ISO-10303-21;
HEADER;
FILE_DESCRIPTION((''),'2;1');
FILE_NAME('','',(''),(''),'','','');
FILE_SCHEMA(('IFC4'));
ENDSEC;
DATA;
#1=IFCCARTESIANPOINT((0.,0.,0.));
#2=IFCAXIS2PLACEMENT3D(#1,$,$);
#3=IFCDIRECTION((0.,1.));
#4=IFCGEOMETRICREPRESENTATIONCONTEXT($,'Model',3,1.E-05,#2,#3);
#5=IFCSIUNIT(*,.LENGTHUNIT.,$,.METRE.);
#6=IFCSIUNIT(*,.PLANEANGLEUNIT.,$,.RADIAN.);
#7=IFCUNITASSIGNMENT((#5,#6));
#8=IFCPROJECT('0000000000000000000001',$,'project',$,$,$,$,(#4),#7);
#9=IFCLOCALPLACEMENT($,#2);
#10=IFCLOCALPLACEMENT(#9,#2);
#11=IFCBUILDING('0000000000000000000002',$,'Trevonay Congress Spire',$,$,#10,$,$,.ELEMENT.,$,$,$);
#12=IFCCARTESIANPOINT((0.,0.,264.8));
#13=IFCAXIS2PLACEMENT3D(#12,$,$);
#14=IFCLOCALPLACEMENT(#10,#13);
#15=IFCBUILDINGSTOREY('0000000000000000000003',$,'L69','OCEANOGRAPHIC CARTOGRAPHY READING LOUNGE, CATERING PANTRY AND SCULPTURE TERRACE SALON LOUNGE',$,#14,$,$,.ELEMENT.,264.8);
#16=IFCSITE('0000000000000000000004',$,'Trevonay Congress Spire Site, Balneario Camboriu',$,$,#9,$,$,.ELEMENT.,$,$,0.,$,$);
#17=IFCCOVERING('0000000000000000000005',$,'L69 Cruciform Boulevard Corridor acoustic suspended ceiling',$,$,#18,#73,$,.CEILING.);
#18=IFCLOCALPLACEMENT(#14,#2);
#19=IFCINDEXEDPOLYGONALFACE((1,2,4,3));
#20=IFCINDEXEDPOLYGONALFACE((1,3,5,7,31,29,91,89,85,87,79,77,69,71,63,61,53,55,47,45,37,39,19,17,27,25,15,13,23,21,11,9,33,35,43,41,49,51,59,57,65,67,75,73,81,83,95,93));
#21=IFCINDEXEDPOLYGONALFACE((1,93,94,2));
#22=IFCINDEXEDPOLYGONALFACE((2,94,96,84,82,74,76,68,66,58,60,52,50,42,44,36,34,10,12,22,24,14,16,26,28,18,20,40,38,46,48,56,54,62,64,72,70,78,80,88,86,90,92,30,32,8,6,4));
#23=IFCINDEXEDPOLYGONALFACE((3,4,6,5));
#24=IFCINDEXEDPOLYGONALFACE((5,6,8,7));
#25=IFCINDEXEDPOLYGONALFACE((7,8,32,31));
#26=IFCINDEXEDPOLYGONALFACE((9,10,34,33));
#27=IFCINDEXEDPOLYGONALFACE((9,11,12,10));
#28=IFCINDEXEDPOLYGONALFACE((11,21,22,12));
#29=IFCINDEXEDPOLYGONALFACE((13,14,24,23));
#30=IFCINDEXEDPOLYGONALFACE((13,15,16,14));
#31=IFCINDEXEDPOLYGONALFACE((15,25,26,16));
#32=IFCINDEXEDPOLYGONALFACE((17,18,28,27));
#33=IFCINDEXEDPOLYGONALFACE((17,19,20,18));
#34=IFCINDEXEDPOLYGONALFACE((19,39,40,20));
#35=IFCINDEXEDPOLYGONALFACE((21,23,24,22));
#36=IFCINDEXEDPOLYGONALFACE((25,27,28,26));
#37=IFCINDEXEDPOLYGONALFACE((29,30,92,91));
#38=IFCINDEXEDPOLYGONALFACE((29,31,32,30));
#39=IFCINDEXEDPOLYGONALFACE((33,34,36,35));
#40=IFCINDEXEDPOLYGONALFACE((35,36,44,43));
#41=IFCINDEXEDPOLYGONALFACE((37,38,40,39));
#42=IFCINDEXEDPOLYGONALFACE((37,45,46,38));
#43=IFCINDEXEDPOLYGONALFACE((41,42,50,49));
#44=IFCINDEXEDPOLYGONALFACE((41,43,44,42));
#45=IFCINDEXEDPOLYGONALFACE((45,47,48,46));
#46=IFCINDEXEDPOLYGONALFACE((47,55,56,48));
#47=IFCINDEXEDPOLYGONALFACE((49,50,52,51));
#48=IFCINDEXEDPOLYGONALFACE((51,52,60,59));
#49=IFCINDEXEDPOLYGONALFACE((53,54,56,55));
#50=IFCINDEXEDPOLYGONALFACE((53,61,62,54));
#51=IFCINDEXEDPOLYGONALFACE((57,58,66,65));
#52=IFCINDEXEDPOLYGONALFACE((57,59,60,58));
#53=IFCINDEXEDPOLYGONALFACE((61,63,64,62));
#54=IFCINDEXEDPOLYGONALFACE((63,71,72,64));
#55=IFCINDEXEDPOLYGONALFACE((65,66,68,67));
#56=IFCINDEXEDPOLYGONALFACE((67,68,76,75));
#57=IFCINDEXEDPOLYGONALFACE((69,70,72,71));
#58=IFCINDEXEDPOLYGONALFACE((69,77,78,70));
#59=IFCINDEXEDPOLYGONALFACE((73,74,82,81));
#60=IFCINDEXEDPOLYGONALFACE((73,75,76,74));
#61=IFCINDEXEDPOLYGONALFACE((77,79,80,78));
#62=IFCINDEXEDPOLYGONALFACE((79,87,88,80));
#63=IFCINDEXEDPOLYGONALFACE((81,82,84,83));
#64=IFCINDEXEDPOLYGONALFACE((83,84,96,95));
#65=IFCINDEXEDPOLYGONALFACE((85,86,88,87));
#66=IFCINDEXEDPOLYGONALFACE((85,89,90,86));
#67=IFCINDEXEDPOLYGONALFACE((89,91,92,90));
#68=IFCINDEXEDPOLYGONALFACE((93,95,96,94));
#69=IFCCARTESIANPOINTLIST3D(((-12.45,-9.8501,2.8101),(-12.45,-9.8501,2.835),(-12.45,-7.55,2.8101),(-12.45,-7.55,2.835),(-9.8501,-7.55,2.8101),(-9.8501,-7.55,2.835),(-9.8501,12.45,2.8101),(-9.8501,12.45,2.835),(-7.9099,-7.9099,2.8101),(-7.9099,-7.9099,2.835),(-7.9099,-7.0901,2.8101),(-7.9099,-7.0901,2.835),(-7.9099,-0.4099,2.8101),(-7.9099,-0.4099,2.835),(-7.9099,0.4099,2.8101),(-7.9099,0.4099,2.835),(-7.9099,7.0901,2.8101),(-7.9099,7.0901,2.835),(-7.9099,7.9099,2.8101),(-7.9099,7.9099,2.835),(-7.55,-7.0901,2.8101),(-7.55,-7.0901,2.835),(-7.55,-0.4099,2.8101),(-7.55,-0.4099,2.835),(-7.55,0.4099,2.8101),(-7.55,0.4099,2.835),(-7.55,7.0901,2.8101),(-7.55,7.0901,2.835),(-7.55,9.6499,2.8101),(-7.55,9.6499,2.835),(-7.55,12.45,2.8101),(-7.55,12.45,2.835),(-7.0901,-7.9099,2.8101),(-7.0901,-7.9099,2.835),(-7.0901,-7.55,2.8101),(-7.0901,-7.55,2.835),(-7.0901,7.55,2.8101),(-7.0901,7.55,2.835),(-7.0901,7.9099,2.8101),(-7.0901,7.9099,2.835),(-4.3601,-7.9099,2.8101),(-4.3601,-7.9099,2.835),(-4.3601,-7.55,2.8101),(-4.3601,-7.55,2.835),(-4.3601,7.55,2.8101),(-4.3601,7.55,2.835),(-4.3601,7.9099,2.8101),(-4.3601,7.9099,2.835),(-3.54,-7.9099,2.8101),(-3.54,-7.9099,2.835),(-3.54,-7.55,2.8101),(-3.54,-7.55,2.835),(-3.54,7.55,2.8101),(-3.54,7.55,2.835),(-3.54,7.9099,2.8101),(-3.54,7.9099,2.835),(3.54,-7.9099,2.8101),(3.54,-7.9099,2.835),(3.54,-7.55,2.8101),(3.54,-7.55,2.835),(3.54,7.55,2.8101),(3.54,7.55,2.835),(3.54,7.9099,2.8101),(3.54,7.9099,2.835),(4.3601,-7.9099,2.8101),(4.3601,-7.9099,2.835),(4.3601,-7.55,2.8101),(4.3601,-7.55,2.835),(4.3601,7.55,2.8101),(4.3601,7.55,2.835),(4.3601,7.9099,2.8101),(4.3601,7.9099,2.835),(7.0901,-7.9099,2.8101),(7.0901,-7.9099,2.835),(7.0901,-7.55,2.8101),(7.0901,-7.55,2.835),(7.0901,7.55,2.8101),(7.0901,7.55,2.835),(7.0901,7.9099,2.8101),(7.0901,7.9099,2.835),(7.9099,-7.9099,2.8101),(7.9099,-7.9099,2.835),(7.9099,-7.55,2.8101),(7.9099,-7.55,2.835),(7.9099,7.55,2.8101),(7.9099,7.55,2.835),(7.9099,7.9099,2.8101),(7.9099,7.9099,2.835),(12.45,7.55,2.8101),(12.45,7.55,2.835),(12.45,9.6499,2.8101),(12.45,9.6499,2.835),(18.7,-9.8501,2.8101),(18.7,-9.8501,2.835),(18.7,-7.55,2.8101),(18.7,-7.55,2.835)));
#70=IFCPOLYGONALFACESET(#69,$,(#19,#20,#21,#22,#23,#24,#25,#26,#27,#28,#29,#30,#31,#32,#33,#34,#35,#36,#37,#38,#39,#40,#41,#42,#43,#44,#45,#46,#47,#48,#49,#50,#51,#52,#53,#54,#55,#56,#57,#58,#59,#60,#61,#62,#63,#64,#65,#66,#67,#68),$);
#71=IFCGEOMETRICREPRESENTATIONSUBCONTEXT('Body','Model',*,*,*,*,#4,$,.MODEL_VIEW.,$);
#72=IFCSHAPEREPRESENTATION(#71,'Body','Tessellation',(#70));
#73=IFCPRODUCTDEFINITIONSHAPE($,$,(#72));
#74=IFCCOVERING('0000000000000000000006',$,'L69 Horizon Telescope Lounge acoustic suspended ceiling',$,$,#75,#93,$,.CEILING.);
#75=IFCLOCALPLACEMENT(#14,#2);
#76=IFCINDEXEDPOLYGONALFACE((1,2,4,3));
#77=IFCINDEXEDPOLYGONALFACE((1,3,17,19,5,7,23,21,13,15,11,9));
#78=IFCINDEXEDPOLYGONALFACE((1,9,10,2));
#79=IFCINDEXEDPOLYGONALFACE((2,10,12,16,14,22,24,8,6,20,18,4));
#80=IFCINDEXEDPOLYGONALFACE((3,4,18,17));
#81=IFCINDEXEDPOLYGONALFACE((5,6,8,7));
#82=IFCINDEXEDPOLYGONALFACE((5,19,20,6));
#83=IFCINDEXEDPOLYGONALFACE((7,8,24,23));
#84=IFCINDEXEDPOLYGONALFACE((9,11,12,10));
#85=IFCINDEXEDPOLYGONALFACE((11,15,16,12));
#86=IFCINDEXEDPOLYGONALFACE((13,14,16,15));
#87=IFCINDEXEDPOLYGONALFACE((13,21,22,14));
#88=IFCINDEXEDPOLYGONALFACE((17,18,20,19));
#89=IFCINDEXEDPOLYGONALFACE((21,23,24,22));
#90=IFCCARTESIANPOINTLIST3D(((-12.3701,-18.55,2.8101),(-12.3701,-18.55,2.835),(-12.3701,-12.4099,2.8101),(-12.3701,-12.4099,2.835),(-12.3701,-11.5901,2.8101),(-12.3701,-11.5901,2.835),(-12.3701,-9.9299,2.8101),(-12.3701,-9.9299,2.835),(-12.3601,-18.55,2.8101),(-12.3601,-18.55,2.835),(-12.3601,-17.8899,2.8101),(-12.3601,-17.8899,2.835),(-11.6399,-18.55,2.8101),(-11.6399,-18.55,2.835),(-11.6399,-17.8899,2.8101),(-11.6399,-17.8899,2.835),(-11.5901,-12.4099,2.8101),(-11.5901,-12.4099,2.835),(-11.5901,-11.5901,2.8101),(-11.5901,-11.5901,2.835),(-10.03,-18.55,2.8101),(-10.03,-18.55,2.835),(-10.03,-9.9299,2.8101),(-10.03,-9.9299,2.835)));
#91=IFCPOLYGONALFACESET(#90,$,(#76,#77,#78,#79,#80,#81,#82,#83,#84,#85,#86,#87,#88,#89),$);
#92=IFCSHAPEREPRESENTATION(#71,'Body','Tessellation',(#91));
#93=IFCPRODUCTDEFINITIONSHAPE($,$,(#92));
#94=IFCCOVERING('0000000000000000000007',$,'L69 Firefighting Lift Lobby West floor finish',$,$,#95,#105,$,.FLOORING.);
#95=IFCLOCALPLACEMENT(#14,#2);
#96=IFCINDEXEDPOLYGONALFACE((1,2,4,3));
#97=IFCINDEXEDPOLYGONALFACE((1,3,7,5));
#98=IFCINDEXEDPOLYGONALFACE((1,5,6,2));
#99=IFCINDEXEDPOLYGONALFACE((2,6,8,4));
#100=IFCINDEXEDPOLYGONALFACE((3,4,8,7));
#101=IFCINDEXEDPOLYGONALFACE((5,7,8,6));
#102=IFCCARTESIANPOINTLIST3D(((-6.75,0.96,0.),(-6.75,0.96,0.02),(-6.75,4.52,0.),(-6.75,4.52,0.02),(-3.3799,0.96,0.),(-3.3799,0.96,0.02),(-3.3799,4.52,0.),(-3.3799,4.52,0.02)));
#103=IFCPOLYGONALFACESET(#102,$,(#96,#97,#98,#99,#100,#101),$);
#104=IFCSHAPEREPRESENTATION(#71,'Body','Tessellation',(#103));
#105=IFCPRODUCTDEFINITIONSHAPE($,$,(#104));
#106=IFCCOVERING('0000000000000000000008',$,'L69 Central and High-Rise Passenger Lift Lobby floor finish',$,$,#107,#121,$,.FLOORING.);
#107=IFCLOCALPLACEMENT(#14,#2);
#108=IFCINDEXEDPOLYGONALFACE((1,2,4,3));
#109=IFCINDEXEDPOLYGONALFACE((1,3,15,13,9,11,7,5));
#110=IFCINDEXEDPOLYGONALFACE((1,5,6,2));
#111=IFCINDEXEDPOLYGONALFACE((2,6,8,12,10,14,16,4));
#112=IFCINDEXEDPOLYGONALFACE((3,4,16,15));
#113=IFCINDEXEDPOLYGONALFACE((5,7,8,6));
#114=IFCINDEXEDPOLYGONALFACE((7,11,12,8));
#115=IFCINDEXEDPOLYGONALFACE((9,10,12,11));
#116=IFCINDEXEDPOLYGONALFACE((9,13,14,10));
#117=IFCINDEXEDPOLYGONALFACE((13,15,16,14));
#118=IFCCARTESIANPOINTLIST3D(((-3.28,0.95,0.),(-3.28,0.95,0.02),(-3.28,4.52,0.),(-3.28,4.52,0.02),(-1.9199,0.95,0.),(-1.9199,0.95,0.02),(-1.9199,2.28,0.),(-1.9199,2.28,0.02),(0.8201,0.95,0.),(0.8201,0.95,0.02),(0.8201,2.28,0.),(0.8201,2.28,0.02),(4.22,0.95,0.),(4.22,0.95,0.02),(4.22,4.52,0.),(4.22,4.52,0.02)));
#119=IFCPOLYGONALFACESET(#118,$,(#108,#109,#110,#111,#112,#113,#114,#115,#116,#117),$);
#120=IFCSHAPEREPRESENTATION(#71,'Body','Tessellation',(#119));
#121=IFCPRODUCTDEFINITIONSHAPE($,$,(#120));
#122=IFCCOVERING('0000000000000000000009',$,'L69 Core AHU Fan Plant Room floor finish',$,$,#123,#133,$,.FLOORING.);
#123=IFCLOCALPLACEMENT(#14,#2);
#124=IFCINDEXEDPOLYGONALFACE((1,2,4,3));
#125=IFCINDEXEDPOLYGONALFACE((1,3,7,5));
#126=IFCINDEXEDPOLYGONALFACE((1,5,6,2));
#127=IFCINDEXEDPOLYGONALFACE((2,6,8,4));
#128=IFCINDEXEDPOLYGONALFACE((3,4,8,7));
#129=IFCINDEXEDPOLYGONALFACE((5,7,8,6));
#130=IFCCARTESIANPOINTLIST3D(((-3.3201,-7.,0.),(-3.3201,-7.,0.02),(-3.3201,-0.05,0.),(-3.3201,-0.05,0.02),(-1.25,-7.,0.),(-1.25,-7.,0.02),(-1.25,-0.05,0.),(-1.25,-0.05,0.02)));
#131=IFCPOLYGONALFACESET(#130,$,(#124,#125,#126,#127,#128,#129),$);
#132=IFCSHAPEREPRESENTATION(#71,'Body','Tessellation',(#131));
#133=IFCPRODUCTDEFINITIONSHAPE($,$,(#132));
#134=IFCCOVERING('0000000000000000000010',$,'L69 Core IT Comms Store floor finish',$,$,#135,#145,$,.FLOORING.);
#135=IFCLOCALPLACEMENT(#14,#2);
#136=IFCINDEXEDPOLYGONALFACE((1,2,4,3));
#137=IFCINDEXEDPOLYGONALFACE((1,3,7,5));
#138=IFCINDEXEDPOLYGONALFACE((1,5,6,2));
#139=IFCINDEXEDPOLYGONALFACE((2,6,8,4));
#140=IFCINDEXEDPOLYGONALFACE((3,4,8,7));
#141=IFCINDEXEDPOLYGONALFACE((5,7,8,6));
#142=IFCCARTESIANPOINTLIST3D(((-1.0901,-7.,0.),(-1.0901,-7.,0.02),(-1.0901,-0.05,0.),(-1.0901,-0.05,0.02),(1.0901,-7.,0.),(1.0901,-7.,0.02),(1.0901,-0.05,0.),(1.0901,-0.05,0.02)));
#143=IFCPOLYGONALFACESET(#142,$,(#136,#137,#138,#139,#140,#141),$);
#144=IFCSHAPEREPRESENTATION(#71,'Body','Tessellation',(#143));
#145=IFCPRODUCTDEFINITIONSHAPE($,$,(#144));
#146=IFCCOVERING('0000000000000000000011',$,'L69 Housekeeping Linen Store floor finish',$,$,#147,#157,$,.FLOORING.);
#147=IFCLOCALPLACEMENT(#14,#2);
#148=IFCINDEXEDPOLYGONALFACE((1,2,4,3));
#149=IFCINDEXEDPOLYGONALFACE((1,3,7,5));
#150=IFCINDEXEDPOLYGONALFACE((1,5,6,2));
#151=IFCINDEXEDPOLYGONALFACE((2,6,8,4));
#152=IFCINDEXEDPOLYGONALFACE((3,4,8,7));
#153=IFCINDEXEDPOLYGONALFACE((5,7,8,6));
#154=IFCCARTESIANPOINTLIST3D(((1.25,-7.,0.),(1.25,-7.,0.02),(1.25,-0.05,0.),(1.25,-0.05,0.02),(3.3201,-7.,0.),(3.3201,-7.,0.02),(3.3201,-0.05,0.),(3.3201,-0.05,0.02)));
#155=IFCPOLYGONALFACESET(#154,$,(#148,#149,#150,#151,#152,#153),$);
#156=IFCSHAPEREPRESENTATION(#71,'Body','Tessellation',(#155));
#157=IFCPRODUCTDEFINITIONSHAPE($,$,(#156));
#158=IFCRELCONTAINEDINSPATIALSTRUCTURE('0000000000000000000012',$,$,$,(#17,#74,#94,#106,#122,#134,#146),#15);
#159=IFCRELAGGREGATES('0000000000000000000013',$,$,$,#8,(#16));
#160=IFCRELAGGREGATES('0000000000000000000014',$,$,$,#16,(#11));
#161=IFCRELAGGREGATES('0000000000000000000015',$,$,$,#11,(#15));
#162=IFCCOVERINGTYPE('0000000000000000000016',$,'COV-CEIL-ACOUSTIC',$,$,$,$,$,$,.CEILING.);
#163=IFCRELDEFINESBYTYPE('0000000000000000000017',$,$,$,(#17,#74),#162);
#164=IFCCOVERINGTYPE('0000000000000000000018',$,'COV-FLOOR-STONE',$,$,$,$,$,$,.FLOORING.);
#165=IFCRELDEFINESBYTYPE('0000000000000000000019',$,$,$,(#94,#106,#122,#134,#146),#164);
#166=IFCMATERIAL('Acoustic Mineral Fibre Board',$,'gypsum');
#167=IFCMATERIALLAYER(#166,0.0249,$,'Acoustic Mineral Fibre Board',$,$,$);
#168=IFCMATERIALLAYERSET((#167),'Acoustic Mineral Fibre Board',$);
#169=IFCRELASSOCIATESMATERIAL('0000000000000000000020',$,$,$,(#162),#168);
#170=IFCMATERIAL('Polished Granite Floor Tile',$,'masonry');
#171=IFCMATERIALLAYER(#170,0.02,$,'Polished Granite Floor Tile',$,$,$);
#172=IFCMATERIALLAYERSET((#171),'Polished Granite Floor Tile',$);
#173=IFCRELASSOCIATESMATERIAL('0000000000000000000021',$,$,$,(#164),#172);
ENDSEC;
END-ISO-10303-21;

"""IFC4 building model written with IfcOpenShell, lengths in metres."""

from ifc_helpers import new_model, si_unit, direction, frame, origin, place, context, subcontext, project, spatial, polyline, outline, extrude, material, layer, layer_set, type_object, element, save


model = new_model("IFC4")

# Units and contexts
model_context = context("Model", 3, precision=1e-05, world=origin(), true_north=direction((0.0, 1.0)))
body_context = subcontext(model_context, "Body", "Model", "MODEL_VIEW")
ifc_project = project(units=[si_unit("LENGTHUNIT", "METRE"), si_unit("PLANEANGLEUNIT", "RADIAN")], contexts=[model_context])

# Site, building, storey
site_placement = place(None, origin())
site = spatial("IfcSite", under=ifc_project, at=site_placement, Name="Trevonay Congress Spire Site, Balneario Camboriu", CompositionType="ELEMENT", RefElevation=0.0)
building_placement = place(site_placement, origin())
building = spatial("IfcBuilding", under=site, at=building_placement, Name="Trevonay Congress Spire", CompositionType="ELEMENT")
storey_placement = place(building_placement, frame((0.0, 0.0, 264.8)))
storey = spatial("IfcBuildingStorey", under=building, at=storey_placement, Name="L69", Description="OCEANOGRAPHIC CARTOGRAPHY READING LOUNGE, CATERING PANTRY AND SCULPTURE TERRACE SALON LOUNGE", CompositionType="ELEMENT", Elevation=264.8)

# Coverings
ifc_material_1 = material(Name="Acoustic Mineral Fibre Board", Category="gypsum")
ifc_layer_1 = layer(ifc_material_1, 0.0249, Name="Acoustic Mineral Fibre Board")
ifc_layer_set_1 = layer_set([ifc_layer_1], Name="Acoustic Mineral Fibre Board")
covering_type_1 = type_object("IfcCoveringType", Name="COV-CEIL-ACOUSTIC", PredefinedType="CEILING", material=ifc_layer_set_1)
covering_1_placement = place(storey_placement, frame((0.0, 0.0, 2.8101)))
element("IfcCovering", 1, at=covering_1_placement, inside=storey, type_object=covering_type_1, Name="L69 Cruciform Boulevard Corridor acoustic suspended ceiling", PredefinedType="CEILING", context=body_context, shape_type="SweptSolid", body=[
    extrude(outline(polyline([(18.7, -7.55), (18.7, -9.8501), (-12.45, -9.8501), (-12.45, -7.55), (-9.8501, -7.55), (-9.8501, 12.45), (-7.55, 12.45), (-7.55, 9.6499), (12.45, 9.6499), (12.45, 7.55), (7.9099, 7.55), (7.9099, 7.9099), (7.0901, 7.9099), (7.0901, 7.55), (4.3601, 7.55), (4.3601, 7.9099), (3.54, 7.9099), (3.54, 7.55), (-3.54, 7.55), (-3.54, 7.9099), (-4.3601, 7.9099), (-4.3601, 7.55), (-7.0901, 7.55), (-7.0901, 7.9099), (-7.9099, 7.9099), (-7.9099, 7.0901), (-7.55, 7.0901), (-7.55, 0.4099), (-7.9099, 0.4099), (-7.9099, -0.4099), (-7.55, -0.4099), (-7.55, -7.0901), (-7.9099, -7.0901), (-7.9099, -7.9099), (-7.0901, -7.9099), (-7.0901, -7.55), (-4.3601, -7.55), (-4.3601, -7.9099), (-3.54, -7.9099), (-3.54, -7.55), (3.54, -7.55), (3.54, -7.9099), (4.3601, -7.9099), (4.3601, -7.55), (7.0901, -7.55), (7.0901, -7.9099), (7.9099, -7.9099), (7.9099, -7.55), (18.7, -7.55)])), origin(), (0.0, 0.0, 1.0), 0.0249),
])
covering_2_placement = place(storey_placement, frame((0.0, 0.0, 2.8101)))
element("IfcCovering", 2, at=covering_2_placement, inside=storey, type_object=covering_type_1, Name="L69 Horizon Telescope Lounge acoustic suspended ceiling", PredefinedType="CEILING", context=body_context, shape_type="SweptSolid", body=[
    extrude(outline(polyline([(-12.3701, -18.55), (-12.3701, -12.4099), (-11.5901, -12.4099), (-11.5901, -11.5901), (-12.3701, -11.5901), (-12.3701, -9.9299), (-10.03, -9.9299), (-10.03, -18.55), (-11.6399, -18.55), (-11.6399, -17.8899), (-12.3601, -17.8899), (-12.3601, -18.55), (-12.3701, -18.55)])), origin(), (0.0, 0.0, 1.0), 0.0249),
])
ifc_material_2 = material(Name="Polished Granite Floor Tile", Category="masonry")
ifc_layer_2 = layer(ifc_material_2, 0.02, Name="Polished Granite Floor Tile")
ifc_layer_set_2 = layer_set([ifc_layer_2], Name="Polished Granite Floor Tile")
covering_type_2 = type_object("IfcCoveringType", Name="COV-FLOOR-STONE", PredefinedType="FLOORING", material=ifc_layer_set_2)
covering_3_placement = place(storey_placement, origin())
element("IfcCovering", 3, at=covering_3_placement, inside=storey, type_object=covering_type_2, Name="L69 Firefighting Lift Lobby West floor finish", PredefinedType="FLOORING", context=body_context, shape_type="SweptSolid", body=[
    extrude(outline(polyline([(-6.75, 0.96), (-3.3799, 0.96), (-3.3799, 4.52), (-6.75, 4.52), (-6.75, 0.96)])), origin(), (0.0, 0.0, 1.0), 0.02),
])
covering_4_placement = place(storey_placement, origin())
element("IfcCovering", 4, at=covering_4_placement, inside=storey, type_object=covering_type_2, Name="L69 Central and High-Rise Passenger Lift Lobby floor finish", PredefinedType="FLOORING", context=body_context, shape_type="SweptSolid", body=[
    extrude(outline(polyline([(-3.28, 0.95), (-1.9199, 0.95), (-1.9199, 2.28), (0.8201, 2.28), (0.8201, 0.95), (4.22, 0.95), (4.22, 4.52), (-3.28, 4.52), (-3.28, 0.95)])), origin(), (0.0, 0.0, 1.0), 0.02),
])
covering_5_placement = place(storey_placement, origin())
element("IfcCovering", 5, at=covering_5_placement, inside=storey, type_object=covering_type_2, Name="L69 Core AHU Fan Plant Room floor finish", PredefinedType="FLOORING", context=body_context, shape_type="SweptSolid", body=[
    extrude(outline(polyline([(-3.3201, -7.0), (-1.25, -7.0), (-1.25, -0.05), (-3.3201, -0.05), (-3.3201, -7.0)])), origin(), (0.0, 0.0, 1.0), 0.02),
])
covering_6_placement = place(storey_placement, origin())
element("IfcCovering", 6, at=covering_6_placement, inside=storey, type_object=covering_type_2, Name="L69 Core IT Comms Store floor finish", PredefinedType="FLOORING", context=body_context, shape_type="SweptSolid", body=[
    extrude(outline(polyline([(-1.0901, -7.0), (1.0901, -7.0), (1.0901, -0.05), (-1.0901, -0.05), (-1.0901, -7.0)])), origin(), (0.0, 0.0, 1.0), 0.02),
])
covering_7_placement = place(storey_placement, origin())
element("IfcCovering", 7, at=covering_7_placement, inside=storey, type_object=covering_type_2, Name="L69 Housekeeping Linen Store floor finish", PredefinedType="FLOORING", context=body_context, shape_type="SweptSolid", body=[
    extrude(outline(polyline([(1.25, -7.0), (3.3201, -7.0), (3.3201, -0.05), (1.25, -0.05), (1.25, -7.0)])), origin(), (0.0, 0.0, 1.0), 0.02),
])

save(model, "model.ifc")
